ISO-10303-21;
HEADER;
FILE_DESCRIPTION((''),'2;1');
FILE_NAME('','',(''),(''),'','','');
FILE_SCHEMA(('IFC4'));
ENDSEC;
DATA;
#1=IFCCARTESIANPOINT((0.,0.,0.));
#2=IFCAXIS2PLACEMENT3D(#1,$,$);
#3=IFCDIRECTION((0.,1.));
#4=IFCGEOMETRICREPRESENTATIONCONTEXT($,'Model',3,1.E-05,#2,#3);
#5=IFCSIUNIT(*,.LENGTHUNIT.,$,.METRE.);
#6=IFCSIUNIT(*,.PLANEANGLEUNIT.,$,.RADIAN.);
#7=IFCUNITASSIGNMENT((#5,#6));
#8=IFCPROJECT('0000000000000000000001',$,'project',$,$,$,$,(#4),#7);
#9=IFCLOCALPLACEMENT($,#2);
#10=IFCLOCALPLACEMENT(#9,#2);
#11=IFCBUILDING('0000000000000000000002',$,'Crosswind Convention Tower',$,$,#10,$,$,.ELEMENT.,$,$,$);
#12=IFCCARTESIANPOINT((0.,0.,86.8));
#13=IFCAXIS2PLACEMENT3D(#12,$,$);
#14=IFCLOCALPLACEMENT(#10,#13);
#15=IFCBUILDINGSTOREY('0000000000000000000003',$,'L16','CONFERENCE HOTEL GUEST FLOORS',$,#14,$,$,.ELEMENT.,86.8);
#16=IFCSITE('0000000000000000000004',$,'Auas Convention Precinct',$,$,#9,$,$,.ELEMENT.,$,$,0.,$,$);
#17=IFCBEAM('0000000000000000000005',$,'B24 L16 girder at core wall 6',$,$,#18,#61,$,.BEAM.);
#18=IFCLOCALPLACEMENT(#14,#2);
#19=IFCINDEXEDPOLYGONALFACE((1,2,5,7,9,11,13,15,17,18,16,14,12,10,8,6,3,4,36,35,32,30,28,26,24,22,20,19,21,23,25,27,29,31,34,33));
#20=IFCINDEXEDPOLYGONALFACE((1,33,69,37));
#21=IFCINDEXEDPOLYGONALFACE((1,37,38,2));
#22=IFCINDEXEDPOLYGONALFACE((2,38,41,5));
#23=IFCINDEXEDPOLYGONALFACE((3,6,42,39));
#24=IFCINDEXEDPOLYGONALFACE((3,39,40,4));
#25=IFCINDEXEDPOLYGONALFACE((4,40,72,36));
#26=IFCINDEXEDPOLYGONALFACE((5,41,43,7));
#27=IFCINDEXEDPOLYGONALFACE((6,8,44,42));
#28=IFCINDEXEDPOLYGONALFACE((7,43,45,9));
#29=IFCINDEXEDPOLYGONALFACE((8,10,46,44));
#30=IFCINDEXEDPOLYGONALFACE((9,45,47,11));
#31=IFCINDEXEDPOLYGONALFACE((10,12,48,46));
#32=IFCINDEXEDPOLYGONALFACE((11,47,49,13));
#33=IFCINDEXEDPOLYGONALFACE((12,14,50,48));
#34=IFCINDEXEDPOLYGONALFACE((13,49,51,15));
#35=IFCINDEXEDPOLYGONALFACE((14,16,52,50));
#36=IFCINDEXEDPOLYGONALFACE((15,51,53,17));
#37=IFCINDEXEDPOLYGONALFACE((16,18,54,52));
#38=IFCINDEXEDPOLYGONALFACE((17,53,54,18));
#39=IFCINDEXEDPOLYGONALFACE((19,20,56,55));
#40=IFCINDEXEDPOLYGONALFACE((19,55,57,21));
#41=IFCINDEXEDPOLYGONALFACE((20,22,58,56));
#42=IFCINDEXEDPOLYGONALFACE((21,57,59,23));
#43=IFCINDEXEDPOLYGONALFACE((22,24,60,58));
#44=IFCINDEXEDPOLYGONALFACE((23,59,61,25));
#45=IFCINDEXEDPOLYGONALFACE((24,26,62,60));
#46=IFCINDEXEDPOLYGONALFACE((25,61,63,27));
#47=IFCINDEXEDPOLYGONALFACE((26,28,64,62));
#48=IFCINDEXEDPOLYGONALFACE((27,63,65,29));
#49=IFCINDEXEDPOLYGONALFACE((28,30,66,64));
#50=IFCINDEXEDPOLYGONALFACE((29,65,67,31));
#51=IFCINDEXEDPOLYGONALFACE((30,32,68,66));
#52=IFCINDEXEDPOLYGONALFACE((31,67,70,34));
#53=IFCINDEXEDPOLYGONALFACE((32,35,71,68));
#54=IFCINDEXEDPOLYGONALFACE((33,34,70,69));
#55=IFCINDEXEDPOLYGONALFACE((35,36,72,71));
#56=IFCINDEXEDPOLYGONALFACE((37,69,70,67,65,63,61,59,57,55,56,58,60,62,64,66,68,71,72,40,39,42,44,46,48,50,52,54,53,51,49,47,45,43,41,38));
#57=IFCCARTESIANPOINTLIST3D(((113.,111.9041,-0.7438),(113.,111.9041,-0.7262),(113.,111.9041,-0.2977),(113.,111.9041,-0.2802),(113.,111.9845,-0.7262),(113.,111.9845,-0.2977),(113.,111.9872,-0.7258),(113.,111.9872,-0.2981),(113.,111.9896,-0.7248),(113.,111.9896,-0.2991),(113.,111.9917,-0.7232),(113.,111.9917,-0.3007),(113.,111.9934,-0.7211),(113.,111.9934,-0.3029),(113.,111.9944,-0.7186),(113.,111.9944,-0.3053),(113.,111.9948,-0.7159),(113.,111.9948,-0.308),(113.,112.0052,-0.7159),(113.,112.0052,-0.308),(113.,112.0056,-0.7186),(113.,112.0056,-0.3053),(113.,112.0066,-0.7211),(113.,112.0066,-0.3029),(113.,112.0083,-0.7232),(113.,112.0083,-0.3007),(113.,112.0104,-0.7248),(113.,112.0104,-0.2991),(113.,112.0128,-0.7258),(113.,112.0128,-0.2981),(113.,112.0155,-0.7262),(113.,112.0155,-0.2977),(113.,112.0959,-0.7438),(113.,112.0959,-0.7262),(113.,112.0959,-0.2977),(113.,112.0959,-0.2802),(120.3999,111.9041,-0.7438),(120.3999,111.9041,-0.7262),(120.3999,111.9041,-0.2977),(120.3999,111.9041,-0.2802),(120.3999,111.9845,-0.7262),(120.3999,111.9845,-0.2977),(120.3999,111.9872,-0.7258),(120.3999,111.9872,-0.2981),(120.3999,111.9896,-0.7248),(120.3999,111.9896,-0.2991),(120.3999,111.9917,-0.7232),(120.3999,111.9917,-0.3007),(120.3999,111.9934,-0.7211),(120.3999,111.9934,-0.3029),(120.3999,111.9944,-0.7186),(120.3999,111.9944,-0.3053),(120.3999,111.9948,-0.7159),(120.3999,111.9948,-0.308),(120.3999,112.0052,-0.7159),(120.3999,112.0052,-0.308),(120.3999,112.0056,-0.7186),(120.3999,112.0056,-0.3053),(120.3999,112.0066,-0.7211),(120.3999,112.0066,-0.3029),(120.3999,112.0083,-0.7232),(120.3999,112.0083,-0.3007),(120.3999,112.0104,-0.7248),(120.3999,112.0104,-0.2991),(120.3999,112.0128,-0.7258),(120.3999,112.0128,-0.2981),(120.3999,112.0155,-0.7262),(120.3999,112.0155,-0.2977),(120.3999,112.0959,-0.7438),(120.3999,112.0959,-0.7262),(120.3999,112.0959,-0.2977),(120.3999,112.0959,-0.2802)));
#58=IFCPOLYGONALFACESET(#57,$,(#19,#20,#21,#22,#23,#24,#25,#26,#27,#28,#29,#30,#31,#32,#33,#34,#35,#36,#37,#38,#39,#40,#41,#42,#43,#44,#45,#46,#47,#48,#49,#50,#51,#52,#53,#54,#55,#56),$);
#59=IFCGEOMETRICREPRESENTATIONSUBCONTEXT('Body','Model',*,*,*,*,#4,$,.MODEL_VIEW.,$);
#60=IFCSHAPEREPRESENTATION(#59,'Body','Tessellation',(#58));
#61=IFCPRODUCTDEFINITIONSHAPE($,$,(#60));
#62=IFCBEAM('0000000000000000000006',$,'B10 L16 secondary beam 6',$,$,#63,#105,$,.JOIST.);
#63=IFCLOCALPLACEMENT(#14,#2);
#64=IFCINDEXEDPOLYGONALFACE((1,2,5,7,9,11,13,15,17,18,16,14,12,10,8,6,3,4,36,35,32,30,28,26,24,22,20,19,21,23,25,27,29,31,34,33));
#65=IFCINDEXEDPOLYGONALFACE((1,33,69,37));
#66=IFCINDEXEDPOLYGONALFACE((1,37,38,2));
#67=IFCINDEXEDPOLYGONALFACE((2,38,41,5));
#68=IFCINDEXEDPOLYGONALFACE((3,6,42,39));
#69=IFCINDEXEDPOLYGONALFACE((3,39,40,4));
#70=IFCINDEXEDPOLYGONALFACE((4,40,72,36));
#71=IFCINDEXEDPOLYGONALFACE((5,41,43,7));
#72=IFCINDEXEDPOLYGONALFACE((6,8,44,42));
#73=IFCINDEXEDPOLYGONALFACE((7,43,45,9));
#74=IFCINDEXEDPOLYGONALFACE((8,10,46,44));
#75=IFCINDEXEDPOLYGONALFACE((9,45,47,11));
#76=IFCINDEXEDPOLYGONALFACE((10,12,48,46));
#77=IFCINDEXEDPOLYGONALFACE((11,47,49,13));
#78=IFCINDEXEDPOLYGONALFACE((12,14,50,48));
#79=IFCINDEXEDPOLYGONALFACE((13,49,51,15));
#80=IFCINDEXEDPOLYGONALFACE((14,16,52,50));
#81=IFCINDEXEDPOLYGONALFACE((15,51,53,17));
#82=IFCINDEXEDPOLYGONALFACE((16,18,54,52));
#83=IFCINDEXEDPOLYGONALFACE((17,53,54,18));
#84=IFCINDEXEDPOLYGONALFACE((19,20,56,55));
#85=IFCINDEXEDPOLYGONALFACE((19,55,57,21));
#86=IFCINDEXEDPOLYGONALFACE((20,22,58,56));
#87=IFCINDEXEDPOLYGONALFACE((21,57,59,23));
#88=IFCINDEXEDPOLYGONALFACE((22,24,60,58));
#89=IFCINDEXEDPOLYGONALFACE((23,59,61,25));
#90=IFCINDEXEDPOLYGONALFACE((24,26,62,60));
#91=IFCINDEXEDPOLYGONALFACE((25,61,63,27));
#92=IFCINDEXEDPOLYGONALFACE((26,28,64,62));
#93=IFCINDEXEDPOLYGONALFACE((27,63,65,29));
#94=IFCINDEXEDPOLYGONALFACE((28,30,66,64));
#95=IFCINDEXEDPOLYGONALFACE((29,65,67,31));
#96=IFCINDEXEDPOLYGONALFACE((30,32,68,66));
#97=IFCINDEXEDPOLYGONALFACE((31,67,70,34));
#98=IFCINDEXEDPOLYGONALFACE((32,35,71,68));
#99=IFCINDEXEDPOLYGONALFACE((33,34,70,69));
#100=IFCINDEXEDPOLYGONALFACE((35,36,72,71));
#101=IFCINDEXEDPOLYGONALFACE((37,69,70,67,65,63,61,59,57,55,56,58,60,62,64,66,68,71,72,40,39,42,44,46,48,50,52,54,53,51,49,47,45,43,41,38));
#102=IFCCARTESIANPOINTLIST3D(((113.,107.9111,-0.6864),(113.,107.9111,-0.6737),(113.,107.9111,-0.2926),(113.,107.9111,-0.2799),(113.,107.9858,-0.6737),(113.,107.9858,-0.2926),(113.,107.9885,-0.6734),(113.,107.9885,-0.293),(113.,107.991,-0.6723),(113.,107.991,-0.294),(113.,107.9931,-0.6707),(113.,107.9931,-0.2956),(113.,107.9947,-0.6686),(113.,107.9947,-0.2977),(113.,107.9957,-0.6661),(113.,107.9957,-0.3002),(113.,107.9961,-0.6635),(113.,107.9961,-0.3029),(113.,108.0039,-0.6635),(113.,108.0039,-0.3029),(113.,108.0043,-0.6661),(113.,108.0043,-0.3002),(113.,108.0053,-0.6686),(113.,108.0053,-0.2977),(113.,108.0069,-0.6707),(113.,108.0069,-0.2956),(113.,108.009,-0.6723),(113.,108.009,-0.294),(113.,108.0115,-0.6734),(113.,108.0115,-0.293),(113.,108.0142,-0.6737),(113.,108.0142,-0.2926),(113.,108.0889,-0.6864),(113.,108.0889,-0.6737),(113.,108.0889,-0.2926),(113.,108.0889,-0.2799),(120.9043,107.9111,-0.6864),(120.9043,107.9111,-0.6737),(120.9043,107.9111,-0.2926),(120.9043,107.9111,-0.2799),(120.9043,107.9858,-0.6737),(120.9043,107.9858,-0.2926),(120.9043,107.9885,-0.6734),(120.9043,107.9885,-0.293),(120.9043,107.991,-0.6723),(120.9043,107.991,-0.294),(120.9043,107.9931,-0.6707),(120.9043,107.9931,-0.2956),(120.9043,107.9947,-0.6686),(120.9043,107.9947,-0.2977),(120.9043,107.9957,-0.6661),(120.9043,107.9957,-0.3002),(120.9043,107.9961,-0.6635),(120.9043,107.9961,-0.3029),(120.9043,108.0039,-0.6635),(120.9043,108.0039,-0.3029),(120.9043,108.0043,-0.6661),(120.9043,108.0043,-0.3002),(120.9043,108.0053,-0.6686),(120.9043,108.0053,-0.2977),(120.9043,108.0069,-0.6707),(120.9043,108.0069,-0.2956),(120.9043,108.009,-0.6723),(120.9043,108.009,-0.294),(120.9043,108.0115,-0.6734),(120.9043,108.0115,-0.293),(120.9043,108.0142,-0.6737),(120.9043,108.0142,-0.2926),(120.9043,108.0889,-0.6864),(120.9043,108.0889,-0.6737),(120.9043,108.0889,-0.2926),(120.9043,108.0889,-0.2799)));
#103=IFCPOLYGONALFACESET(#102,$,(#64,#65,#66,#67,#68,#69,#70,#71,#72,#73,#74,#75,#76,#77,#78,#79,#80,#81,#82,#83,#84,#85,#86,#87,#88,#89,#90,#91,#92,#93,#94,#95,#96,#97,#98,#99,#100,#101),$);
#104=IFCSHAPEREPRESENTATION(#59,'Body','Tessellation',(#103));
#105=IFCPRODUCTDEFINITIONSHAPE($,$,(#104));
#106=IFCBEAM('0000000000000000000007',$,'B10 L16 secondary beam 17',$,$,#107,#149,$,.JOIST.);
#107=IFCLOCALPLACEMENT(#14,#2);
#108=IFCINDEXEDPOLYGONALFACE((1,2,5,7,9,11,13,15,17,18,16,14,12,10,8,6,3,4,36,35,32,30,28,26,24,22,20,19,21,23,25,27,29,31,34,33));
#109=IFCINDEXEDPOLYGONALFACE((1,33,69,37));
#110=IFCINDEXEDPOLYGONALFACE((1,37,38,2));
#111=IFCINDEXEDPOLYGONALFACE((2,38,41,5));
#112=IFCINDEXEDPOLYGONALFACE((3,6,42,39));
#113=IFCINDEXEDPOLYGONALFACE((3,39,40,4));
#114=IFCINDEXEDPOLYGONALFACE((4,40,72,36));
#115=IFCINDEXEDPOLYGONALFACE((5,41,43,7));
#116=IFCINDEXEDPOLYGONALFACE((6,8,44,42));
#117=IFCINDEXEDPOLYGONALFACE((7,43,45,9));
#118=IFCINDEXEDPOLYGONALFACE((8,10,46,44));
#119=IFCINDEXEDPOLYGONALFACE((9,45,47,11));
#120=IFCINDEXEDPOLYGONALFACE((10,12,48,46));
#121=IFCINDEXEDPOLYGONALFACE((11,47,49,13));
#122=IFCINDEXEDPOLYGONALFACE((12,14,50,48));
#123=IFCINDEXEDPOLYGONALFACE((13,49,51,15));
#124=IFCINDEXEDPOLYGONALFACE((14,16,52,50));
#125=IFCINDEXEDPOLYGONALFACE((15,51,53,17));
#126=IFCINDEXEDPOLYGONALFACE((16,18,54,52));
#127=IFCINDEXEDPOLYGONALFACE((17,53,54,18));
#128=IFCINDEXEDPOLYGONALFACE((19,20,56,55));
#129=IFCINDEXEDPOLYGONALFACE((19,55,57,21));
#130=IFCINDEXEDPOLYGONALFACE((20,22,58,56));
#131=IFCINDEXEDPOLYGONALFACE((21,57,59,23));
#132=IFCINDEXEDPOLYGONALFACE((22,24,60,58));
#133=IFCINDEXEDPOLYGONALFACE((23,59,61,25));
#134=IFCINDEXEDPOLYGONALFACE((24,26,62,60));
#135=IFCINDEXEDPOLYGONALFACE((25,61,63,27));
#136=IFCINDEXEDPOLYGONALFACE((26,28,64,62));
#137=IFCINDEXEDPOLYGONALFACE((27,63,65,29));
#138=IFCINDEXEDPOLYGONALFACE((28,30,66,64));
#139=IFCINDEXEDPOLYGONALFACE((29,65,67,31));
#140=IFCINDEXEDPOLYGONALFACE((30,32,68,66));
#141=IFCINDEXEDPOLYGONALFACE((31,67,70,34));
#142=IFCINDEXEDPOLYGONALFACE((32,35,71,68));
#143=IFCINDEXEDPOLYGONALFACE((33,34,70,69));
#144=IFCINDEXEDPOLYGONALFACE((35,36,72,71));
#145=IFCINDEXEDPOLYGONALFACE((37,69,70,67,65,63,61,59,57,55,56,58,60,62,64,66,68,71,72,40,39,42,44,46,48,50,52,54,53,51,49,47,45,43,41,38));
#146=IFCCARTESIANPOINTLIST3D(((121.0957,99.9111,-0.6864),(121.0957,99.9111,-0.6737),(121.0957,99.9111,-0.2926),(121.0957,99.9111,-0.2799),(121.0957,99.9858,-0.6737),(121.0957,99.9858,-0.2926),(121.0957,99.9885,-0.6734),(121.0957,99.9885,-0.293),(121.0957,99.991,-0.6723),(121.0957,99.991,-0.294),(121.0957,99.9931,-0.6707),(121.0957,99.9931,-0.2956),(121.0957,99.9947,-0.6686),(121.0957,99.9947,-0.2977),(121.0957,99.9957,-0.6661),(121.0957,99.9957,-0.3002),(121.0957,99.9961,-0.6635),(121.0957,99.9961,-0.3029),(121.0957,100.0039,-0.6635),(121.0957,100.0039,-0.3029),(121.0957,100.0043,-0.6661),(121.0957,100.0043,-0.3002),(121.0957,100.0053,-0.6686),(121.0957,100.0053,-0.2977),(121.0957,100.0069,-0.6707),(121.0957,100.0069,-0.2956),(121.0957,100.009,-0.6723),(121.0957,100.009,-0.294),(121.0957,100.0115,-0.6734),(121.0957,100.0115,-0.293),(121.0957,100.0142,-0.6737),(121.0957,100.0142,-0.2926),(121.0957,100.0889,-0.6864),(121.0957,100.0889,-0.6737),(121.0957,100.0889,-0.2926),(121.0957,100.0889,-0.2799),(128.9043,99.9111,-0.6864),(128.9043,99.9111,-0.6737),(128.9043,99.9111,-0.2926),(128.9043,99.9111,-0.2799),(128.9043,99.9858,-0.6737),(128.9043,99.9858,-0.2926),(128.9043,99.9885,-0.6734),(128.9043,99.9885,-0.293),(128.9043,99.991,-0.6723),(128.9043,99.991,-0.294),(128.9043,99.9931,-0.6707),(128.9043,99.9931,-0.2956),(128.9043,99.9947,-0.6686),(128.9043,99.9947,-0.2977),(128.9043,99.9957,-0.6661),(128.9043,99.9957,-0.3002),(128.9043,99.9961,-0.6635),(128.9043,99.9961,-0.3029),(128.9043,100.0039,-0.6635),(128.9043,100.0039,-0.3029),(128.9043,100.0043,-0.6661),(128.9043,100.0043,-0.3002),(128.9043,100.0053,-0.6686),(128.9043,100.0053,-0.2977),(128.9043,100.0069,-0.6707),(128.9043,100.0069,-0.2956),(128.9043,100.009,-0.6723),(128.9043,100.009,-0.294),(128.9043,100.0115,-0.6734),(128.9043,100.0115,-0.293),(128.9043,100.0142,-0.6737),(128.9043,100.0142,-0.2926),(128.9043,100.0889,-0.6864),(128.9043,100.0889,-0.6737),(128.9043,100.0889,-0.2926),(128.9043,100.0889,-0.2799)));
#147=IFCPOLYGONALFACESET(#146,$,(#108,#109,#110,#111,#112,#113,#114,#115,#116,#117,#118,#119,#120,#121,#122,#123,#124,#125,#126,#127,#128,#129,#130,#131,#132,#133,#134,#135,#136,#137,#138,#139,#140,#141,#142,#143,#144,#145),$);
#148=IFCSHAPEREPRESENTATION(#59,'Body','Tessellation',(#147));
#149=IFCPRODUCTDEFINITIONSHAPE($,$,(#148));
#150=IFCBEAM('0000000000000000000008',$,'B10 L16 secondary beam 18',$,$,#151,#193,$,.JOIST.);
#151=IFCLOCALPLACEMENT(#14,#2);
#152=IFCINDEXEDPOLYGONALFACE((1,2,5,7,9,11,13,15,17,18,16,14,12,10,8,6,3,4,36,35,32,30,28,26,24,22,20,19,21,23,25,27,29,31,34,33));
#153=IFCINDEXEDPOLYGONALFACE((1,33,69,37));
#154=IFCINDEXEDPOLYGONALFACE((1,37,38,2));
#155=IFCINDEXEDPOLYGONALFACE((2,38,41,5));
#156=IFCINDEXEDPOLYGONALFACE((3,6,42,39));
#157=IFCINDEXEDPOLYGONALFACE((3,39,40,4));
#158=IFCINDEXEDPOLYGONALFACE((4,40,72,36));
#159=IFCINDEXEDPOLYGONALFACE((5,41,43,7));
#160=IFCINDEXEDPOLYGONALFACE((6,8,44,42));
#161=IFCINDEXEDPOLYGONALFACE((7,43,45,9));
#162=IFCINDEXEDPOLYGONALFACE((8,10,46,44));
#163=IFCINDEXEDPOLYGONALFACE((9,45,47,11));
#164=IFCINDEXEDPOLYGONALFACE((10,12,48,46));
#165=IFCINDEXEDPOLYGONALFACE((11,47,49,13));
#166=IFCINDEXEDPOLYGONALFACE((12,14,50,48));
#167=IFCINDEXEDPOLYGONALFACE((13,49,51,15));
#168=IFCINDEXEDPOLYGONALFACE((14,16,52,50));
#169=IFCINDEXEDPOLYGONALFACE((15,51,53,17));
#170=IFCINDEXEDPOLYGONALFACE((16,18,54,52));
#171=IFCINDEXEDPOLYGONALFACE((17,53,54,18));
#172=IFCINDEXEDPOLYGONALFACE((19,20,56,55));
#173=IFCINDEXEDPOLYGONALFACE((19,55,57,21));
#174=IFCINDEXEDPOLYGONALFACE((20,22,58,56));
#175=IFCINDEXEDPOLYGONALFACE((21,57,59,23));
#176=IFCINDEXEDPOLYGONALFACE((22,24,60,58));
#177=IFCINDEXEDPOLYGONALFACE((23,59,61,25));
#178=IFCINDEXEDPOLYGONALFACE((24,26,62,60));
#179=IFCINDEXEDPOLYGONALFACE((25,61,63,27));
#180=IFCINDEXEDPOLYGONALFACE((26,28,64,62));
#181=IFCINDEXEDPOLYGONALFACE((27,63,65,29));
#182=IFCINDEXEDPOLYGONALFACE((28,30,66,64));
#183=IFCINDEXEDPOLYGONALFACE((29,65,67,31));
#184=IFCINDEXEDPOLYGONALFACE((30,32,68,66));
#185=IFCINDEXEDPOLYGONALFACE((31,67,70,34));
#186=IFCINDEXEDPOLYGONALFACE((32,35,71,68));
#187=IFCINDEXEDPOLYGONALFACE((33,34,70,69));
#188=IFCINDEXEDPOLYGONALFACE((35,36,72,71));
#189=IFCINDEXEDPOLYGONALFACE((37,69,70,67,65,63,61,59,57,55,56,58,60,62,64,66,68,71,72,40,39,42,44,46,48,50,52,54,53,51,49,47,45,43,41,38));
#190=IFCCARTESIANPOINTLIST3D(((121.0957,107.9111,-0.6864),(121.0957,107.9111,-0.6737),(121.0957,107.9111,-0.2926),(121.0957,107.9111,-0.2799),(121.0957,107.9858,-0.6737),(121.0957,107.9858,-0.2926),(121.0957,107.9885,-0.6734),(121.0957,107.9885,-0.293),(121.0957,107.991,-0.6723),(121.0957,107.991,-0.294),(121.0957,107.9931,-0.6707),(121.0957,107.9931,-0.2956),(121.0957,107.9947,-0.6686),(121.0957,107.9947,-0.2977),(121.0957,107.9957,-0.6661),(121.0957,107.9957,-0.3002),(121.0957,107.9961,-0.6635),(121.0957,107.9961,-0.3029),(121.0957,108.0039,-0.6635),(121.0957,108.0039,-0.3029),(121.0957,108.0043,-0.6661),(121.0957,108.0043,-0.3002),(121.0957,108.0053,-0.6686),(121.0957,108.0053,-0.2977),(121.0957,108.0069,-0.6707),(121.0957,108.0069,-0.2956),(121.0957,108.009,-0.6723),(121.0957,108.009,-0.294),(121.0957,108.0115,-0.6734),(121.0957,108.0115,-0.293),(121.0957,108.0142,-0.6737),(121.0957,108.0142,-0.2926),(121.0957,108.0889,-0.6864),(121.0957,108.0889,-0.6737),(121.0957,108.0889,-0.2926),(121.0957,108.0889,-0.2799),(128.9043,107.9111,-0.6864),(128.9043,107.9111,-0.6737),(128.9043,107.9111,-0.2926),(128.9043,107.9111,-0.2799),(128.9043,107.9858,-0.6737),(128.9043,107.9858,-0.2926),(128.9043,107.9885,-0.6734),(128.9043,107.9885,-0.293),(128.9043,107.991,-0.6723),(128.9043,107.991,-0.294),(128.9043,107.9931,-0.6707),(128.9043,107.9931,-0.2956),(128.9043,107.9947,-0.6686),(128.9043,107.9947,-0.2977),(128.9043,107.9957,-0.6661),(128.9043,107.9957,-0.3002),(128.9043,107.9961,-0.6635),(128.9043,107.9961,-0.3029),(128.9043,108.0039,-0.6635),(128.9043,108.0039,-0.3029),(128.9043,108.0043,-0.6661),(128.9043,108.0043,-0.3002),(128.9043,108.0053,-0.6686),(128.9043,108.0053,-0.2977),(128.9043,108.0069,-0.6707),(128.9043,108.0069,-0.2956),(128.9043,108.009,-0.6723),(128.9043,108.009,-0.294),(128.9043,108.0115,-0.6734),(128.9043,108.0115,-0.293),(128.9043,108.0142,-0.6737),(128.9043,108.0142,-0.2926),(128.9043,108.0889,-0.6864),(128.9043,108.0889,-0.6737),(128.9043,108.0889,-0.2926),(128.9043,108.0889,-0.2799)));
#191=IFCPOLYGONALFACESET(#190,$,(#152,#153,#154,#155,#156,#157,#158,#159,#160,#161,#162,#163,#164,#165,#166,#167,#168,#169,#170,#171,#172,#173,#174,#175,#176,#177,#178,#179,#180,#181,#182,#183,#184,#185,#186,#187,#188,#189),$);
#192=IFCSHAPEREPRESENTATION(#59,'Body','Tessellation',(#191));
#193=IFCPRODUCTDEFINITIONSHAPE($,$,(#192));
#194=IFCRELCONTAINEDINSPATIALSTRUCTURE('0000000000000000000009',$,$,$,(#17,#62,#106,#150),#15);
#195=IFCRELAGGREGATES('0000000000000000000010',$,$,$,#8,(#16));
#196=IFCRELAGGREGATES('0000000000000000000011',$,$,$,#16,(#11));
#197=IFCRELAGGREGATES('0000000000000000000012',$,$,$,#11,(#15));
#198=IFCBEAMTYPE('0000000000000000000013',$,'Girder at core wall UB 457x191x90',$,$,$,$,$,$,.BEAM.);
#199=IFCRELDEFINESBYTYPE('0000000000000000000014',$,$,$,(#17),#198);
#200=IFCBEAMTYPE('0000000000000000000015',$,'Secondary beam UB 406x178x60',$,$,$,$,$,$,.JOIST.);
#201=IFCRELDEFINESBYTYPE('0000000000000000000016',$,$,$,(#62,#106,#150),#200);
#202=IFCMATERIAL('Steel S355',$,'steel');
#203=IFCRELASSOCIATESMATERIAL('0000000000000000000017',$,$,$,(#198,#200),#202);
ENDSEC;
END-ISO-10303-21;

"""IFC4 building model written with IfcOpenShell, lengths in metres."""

from ifc_helpers import new_model, si_unit, direction, frame, origin, origin_2d, place, context, subcontext, project, spatial, i_section, extrude, material, material_profile, profile_set, type_object, element, save


model = new_model("IFC4")

# Units and contexts
model_context = context("Model", 3, precision=1e-05, world=origin(), true_north=direction((0.0, 1.0)))
body_context = subcontext(model_context, "Body", "Model", "MODEL_VIEW")
ifc_project = project(units=[si_unit("LENGTHUNIT", "METRE"), si_unit("PLANEANGLEUNIT", "RADIAN")], contexts=[model_context])

# Site, building, storey
site_placement = place(None, origin())
site = spatial("IfcSite", under=ifc_project, at=site_placement, Name="Auas Convention Precinct", CompositionType="ELEMENT", RefElevation=0.0)
building_placement = place(site_placement, origin())
building = spatial("IfcBuilding", under=site, at=building_placement, Name="Crosswind Convention Tower", CompositionType="ELEMENT")
storey_placement = place(building_placement, frame((0.0, 0.0, 86.8)))
storey = spatial("IfcBuildingStorey", under=building, at=storey_placement, Name="L16", Description="CONFERENCE HOTEL GUEST FLOORS", CompositionType="ELEMENT", Elevation=86.8)

# Beams
ifc_material_1 = material(Name="Steel S355", Category="steel")
ifc_material_profile_1 = material_profile(ifc_material_1, i_section(OverallWidth=0.1919, OverallDepth=0.4636, WebThickness=0.0105, FlangeThickness=0.0176, FilletRadius=0.0103, at=origin_2d()), Name="UB 457x191x90")
ifc_profile_set_1 = profile_set([ifc_material_profile_1], Name="Steel S355")
beam_type_1 = type_object("IfcBeamType", Name="Girder at core wall UB 457x191x90", PredefinedType="BEAM", material=ifc_profile_set_1)
beam_1_placement = place(storey_placement, frame((113.0, 112.0, -0.512), z_axis=(1.0, 0.0, 0.0), x_axis=(0.0, 1.0, 0.0)))
element("IfcBeam", 1, at=beam_1_placement, inside=storey, type_object=beam_type_1, Name="B24 L16 girder at core wall 6", PredefinedType="BEAM", context=body_context, shape_type="SweptSolid", body=[
    extrude(i_section(OverallWidth=0.1919, OverallDepth=0.4636, WebThickness=0.0105, FlangeThickness=0.0176, FilletRadius=0.0103, at=origin_2d()), origin(), (0.0, 0.0, 1.0), 7.3999),
])
ifc_material_profile_2 = material_profile(ifc_material_1, i_section(OverallWidth=0.1777, OverallDepth=0.4065, WebThickness=0.0078, FlangeThickness=0.0127, FilletRadius=0.0103, at=origin_2d()), Name="UB 406x178x60")
ifc_profile_set_2 = profile_set([ifc_material_profile_2], Name="Steel S355")
beam_type_2 = type_object("IfcBeamType", Name="Secondary beam UB 406x178x60", PredefinedType="JOIST", material=ifc_profile_set_2)
beam_2_placement = place(storey_placement, frame((113.0, 108.0, -0.4832), z_axis=(1.0, 0.0, 0.0), x_axis=(0.0, 1.0, 0.0)))
element("IfcBeam", 2, at=beam_2_placement, inside=storey, type_object=beam_type_2, Name="B10 L16 secondary beam 6", PredefinedType="JOIST", context=body_context, shape_type="SweptSolid", body=[
    extrude(i_section(OverallWidth=0.1777, OverallDepth=0.4065, WebThickness=0.0078, FlangeThickness=0.0127, FilletRadius=0.0103, at=origin_2d()), origin(), (0.0, 0.0, 1.0), 7.9043),
])
for number, where, z_axis, x_axis, name in (
    (3, (121.0957, 100.0, -0.4832), (1.0, 0.0, 0.0), (0.0, 1.0, 0.0), "B10 L16 secondary beam 17"),
    (4, (121.0957, 108.0, -0.4832), (1.0, 0.0, 0.0), (0.0, 1.0, 0.0), "B10 L16 secondary beam 18"),
):
    element("IfcBeam", number, at=place(storey_placement, frame(where, z_axis=z_axis, x_axis=x_axis)), inside=storey, type_object=beam_type_2, Name=name, PredefinedType="JOIST", context=body_context, shape_type="SweptSolid", body=[
        extrude(i_section(OverallWidth=0.1777, OverallDepth=0.4065, WebThickness=0.0078, FlangeThickness=0.0127, FilletRadius=0.0103, at=origin_2d()), origin(), (0.0, 0.0, 1.0), 7.8086),
    ])

save(model, "model.ifc")
